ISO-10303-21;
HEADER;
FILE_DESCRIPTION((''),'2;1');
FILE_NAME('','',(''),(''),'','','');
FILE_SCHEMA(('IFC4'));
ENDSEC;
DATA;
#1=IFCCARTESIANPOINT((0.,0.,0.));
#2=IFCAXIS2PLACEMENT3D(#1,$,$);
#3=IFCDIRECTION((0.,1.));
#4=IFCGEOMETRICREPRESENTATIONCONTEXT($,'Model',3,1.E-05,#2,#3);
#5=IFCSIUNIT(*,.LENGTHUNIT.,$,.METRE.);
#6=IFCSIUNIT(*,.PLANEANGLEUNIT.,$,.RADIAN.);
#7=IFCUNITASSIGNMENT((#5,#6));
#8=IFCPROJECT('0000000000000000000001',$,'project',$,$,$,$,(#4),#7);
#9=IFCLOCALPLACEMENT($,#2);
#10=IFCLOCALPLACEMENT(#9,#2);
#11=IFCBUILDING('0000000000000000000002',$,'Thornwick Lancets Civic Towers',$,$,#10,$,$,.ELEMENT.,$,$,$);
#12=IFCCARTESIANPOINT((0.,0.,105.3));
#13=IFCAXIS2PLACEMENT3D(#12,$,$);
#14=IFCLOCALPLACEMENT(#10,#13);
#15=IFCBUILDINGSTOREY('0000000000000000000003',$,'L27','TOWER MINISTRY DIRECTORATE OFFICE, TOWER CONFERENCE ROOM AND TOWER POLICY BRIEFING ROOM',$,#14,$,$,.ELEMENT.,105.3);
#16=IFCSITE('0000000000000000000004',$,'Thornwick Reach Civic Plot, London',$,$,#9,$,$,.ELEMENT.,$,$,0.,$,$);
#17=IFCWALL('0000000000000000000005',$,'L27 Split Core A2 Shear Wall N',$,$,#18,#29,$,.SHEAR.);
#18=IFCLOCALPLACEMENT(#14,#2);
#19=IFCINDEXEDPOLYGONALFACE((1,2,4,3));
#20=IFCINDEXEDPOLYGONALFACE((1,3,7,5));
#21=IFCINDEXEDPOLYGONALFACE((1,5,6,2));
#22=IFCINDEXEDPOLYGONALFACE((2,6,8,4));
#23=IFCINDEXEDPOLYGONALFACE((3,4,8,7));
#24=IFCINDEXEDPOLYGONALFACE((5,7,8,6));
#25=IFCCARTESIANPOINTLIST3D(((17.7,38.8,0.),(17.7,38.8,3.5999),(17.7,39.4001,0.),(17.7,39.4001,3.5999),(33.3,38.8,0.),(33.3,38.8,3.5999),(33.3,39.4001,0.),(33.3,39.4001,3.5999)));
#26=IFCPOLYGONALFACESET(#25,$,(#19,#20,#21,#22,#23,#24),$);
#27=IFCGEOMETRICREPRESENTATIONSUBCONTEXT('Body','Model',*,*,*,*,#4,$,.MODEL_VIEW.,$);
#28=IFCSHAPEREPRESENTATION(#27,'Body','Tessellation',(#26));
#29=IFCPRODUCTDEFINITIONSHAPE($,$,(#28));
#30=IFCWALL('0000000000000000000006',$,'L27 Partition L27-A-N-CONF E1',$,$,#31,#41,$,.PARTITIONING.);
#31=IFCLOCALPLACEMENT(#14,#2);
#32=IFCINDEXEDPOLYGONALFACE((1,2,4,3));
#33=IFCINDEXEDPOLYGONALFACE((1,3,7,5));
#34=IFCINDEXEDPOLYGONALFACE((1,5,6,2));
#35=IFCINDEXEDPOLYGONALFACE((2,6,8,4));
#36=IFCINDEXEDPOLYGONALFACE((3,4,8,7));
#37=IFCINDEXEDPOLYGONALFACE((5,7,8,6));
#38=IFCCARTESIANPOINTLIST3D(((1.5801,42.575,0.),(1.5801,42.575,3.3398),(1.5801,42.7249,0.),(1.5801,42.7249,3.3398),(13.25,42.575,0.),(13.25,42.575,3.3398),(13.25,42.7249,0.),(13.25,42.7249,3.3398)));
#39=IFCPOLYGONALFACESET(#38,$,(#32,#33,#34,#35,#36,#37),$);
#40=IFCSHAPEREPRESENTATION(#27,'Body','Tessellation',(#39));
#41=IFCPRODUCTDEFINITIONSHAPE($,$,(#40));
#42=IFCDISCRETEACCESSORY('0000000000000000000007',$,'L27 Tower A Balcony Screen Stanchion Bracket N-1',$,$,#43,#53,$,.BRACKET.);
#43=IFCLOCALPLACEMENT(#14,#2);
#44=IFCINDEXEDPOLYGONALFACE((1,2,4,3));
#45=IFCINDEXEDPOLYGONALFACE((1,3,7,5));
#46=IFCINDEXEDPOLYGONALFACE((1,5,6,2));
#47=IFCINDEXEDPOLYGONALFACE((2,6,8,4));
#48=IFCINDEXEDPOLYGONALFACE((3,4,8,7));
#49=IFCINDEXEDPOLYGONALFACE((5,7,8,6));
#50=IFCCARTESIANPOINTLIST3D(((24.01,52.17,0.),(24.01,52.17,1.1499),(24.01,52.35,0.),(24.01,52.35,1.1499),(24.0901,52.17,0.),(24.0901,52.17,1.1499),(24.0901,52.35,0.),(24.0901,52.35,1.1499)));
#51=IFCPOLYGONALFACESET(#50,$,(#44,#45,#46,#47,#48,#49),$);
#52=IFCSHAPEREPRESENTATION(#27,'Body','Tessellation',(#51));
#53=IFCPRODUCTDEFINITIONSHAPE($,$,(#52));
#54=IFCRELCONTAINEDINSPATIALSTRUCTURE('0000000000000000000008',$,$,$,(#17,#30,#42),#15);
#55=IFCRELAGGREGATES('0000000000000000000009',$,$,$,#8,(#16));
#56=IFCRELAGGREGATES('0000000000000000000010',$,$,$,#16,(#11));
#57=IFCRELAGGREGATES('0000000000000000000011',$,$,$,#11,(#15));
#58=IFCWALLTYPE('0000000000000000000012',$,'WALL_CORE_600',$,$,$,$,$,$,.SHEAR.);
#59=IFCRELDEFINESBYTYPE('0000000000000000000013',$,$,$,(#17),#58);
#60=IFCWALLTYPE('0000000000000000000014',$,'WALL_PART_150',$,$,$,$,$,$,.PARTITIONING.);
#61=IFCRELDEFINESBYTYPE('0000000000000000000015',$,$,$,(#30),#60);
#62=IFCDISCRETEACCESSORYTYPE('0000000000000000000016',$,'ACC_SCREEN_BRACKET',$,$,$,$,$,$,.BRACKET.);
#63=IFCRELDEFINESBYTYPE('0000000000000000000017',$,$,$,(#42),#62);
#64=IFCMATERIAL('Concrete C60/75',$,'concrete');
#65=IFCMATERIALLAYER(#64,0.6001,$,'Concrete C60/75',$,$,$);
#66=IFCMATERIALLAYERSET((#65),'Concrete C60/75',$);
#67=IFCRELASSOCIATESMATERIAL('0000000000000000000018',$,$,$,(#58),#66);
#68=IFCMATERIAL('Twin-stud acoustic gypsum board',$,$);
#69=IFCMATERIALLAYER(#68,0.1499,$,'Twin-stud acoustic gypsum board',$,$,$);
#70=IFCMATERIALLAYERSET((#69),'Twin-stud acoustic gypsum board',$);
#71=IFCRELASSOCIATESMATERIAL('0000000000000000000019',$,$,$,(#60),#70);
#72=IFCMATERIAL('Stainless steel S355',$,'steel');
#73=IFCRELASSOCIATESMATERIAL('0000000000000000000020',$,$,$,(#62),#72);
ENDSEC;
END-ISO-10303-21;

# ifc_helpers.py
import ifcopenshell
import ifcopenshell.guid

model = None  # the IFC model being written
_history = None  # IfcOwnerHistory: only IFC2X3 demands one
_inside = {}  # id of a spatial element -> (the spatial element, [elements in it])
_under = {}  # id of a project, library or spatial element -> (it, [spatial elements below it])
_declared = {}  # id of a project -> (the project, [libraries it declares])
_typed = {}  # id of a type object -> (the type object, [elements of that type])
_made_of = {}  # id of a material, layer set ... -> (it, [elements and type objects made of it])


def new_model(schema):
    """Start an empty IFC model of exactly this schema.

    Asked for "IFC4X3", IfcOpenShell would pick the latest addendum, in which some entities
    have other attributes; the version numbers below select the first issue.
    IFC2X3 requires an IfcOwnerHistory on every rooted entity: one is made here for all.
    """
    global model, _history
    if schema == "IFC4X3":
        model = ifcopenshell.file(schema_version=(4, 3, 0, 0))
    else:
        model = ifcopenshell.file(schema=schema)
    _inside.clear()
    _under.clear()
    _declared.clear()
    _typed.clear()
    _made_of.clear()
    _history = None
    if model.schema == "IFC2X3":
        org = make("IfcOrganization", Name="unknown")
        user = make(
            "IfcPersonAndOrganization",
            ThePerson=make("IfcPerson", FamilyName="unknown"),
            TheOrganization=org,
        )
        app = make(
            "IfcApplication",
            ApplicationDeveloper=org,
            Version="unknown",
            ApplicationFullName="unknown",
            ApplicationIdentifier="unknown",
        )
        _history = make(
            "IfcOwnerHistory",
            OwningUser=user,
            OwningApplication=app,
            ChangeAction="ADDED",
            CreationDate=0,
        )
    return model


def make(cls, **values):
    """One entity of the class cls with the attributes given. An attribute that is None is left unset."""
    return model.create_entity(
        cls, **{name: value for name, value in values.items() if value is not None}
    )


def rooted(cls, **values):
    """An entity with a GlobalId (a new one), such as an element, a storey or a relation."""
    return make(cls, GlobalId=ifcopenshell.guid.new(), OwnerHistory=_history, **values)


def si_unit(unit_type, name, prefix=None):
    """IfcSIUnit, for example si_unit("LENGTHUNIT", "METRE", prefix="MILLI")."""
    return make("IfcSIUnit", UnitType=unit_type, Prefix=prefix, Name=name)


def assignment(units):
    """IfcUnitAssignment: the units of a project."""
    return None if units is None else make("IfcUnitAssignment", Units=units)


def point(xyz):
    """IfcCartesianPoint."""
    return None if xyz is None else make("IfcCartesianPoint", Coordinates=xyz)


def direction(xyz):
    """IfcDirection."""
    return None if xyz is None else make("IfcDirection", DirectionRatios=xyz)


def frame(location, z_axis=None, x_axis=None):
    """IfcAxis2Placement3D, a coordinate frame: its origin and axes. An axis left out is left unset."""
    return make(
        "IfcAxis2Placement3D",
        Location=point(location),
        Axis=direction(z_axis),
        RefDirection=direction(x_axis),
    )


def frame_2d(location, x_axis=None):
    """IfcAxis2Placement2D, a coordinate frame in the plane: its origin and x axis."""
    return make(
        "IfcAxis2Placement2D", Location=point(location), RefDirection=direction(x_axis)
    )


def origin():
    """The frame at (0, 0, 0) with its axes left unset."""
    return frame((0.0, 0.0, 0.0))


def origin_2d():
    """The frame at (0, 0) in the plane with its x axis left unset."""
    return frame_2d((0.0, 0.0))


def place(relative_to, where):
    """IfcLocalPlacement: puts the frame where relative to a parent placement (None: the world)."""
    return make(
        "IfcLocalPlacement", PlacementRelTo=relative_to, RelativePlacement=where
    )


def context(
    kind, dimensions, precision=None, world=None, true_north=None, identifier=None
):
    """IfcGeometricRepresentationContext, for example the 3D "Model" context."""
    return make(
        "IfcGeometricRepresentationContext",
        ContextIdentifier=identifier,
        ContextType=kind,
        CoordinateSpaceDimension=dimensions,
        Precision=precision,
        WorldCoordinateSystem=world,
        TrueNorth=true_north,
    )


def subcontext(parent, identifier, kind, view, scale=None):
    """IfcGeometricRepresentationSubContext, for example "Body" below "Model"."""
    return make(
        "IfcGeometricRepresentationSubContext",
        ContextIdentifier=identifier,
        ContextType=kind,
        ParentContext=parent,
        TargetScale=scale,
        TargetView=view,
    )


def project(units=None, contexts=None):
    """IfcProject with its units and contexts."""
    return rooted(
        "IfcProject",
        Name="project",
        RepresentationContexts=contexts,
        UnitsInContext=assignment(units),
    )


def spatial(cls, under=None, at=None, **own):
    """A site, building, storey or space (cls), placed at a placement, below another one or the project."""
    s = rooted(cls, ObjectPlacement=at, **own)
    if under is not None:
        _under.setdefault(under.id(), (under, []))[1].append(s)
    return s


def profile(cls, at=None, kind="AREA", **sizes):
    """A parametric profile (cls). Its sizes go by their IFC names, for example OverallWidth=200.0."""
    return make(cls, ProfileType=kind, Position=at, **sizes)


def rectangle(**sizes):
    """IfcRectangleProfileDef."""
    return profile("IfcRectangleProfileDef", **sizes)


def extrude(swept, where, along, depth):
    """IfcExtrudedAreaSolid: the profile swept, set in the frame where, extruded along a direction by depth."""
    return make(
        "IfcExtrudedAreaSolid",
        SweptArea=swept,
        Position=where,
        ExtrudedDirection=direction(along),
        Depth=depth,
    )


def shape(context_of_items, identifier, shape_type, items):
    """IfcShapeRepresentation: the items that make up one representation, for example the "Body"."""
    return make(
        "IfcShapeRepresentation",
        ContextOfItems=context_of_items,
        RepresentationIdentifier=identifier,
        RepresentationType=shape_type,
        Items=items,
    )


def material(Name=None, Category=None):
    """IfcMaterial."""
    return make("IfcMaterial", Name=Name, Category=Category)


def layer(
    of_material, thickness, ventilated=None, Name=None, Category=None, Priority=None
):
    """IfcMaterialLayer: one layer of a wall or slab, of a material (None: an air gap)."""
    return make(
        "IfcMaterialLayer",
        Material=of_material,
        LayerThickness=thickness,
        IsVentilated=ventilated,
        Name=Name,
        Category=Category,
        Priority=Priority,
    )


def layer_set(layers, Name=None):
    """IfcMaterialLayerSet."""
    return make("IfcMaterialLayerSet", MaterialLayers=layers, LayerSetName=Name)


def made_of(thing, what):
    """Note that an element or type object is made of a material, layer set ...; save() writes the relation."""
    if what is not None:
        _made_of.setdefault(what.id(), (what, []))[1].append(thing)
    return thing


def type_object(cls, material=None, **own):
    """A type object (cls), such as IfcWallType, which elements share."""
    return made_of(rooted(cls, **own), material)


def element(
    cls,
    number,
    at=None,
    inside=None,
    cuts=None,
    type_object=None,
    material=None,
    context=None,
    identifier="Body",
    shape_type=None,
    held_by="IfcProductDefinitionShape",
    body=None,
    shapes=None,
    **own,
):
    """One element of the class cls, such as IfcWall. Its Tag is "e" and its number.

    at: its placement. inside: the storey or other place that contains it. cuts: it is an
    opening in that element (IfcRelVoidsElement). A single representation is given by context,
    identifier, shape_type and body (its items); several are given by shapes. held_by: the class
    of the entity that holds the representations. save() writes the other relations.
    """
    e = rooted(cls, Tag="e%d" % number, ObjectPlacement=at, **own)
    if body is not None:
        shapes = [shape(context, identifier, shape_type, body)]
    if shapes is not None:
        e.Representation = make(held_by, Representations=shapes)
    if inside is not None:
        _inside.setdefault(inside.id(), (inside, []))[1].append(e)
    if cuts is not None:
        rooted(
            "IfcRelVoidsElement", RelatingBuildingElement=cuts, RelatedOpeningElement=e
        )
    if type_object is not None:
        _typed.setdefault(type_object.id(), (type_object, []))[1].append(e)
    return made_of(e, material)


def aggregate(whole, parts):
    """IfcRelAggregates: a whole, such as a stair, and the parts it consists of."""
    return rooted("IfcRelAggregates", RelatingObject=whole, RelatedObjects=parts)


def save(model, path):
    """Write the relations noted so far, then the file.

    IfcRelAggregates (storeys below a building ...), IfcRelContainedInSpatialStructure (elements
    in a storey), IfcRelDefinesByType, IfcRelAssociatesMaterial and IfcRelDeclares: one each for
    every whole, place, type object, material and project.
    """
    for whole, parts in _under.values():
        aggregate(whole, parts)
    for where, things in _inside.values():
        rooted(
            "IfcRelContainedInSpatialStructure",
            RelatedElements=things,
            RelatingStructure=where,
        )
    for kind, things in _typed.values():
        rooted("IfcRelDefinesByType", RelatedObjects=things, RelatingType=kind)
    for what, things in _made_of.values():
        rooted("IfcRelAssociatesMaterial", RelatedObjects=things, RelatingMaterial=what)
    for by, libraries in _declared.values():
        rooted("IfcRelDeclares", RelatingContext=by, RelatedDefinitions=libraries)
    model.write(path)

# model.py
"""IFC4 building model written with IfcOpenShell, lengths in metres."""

from ifc_helpers import new_model, si_unit, direction, frame, frame_2d, origin, origin_2d, place, context, subcontext, project, spatial, rectangle, extrude, material, layer, layer_set, type_object, element, save


model = new_model("IFC4")

# Units and contexts
model_context = context("Model", 3, precision=1e-05, world=origin(), true_north=direction((0.0, 1.0)))
body_context = subcontext(model_context, "Body", "Model", "MODEL_VIEW")
ifc_project = project(units=[si_unit("LENGTHUNIT", "METRE"), si_unit("PLANEANGLEUNIT", "RADIAN")], contexts=[model_context])

# Site, building, storey
site_placement = place(None, origin())
site = spatial("IfcSite", under=ifc_project, at=site_placement, Name="Thornwick Reach Civic Plot, London", CompositionType="ELEMENT", RefElevation=0.0)
building_placement = place(site_placement, origin())
building = spatial("IfcBuilding", under=site, at=building_placement, Name="Thornwick Lancets Civic Towers", CompositionType="ELEMENT")
storey_placement = place(building_placement, frame((0.0, 0.0, 105.3)))
storey = spatial("IfcBuildingStorey", under=building, at=storey_placement, Name="L27", Description="TOWER MINISTRY DIRECTORATE OFFICE, TOWER CONFERENCE ROOM AND TOWER POLICY BRIEFING ROOM", CompositionType="ELEMENT", Elevation=105.3)

# Shared definitions
ifc_material_1 = material(Name="Concrete C60/75", Category="concrete")

# Walls
ifc_layer_1 = layer(ifc_material_1, 0.6001, Name="Concrete C60/75")
ifc_layer_set_1 = layer_set([ifc_layer_1], Name="Concrete C60/75")
wall_type_1 = type_object("IfcWallType", Name="WALL_CORE_600", PredefinedType="SHEAR", material=ifc_layer_set_1)
wall_1_placement = place(storey_placement, frame((17.7, 39.1001, 0.0), z_axis=(0.0, 0.0, 1.0), x_axis=(1.0, 0.0, 0.0)))
element("IfcWall", 1, at=wall_1_placement, inside=storey, type_object=wall_type_1, Name="L27 Split Core A2 Shear Wall N", PredefinedType="SHEAR", context=body_context, shape_type="SweptSolid", body=[
    extrude(rectangle(XDim=15.6001, YDim=0.6001, at=frame_2d((7.8, 0.0))), origin(), (0.0, 0.0, 1.0), 3.5999),
])
ifc_material_2 = material(Name="Twin-stud acoustic gypsum board")
ifc_layer_2 = layer(ifc_material_2, 0.1499, Name="Twin-stud acoustic gypsum board")
ifc_layer_set_2 = layer_set([ifc_layer_2], Name="Twin-stud acoustic gypsum board")
wall_type_2 = type_object("IfcWallType", Name="WALL_PART_150", PredefinedType="PARTITIONING", material=ifc_layer_set_2)
wall_2_placement = place(storey_placement, frame((13.25, 42.6499, 0.0), z_axis=(0.0, 0.0, 1.0), x_axis=(-1.0, 0.0, 0.0)))
element("IfcWall", 2, at=wall_2_placement, inside=storey, type_object=wall_type_2, Name="L27 Partition L27-A-N-CONF E1", PredefinedType="PARTITIONING", context=body_context, shape_type="SweptSolid", body=[
    extrude(rectangle(XDim=11.6699, YDim=0.1499, at=frame_2d((5.835, 0.0))), origin(), (0.0, 0.0, 1.0), 3.3398),
])

# Discrete accessory
ifc_material_3 = material(Name="Stainless steel S355", Category="steel")
discrete_accessory_type = type_object("IfcDiscreteAccessoryType", Name="ACC_SCREEN_BRACKET", PredefinedType="BRACKET", material=ifc_material_3)
discrete_accessory_placement = place(storey_placement, frame((24.05, 52.26, 0.0), z_axis=(0.0, 0.0, 1.0), x_axis=(1.0, 0.0, 0.0)))
element("IfcDiscreteAccessory", 3, at=discrete_accessory_placement, inside=storey, type_object=discrete_accessory_type, Name="L27 Tower A Balcony Screen Stanchion Bracket N-1", PredefinedType="BRACKET", context=body_context, shape_type="SweptSolid", body=[
    extrude(rectangle(XDim=0.0801, YDim=0.1799, at=origin_2d()), origin(), (0.0, 0.0, 1.0), 1.1499),
])

save(model, "model.ifc")
